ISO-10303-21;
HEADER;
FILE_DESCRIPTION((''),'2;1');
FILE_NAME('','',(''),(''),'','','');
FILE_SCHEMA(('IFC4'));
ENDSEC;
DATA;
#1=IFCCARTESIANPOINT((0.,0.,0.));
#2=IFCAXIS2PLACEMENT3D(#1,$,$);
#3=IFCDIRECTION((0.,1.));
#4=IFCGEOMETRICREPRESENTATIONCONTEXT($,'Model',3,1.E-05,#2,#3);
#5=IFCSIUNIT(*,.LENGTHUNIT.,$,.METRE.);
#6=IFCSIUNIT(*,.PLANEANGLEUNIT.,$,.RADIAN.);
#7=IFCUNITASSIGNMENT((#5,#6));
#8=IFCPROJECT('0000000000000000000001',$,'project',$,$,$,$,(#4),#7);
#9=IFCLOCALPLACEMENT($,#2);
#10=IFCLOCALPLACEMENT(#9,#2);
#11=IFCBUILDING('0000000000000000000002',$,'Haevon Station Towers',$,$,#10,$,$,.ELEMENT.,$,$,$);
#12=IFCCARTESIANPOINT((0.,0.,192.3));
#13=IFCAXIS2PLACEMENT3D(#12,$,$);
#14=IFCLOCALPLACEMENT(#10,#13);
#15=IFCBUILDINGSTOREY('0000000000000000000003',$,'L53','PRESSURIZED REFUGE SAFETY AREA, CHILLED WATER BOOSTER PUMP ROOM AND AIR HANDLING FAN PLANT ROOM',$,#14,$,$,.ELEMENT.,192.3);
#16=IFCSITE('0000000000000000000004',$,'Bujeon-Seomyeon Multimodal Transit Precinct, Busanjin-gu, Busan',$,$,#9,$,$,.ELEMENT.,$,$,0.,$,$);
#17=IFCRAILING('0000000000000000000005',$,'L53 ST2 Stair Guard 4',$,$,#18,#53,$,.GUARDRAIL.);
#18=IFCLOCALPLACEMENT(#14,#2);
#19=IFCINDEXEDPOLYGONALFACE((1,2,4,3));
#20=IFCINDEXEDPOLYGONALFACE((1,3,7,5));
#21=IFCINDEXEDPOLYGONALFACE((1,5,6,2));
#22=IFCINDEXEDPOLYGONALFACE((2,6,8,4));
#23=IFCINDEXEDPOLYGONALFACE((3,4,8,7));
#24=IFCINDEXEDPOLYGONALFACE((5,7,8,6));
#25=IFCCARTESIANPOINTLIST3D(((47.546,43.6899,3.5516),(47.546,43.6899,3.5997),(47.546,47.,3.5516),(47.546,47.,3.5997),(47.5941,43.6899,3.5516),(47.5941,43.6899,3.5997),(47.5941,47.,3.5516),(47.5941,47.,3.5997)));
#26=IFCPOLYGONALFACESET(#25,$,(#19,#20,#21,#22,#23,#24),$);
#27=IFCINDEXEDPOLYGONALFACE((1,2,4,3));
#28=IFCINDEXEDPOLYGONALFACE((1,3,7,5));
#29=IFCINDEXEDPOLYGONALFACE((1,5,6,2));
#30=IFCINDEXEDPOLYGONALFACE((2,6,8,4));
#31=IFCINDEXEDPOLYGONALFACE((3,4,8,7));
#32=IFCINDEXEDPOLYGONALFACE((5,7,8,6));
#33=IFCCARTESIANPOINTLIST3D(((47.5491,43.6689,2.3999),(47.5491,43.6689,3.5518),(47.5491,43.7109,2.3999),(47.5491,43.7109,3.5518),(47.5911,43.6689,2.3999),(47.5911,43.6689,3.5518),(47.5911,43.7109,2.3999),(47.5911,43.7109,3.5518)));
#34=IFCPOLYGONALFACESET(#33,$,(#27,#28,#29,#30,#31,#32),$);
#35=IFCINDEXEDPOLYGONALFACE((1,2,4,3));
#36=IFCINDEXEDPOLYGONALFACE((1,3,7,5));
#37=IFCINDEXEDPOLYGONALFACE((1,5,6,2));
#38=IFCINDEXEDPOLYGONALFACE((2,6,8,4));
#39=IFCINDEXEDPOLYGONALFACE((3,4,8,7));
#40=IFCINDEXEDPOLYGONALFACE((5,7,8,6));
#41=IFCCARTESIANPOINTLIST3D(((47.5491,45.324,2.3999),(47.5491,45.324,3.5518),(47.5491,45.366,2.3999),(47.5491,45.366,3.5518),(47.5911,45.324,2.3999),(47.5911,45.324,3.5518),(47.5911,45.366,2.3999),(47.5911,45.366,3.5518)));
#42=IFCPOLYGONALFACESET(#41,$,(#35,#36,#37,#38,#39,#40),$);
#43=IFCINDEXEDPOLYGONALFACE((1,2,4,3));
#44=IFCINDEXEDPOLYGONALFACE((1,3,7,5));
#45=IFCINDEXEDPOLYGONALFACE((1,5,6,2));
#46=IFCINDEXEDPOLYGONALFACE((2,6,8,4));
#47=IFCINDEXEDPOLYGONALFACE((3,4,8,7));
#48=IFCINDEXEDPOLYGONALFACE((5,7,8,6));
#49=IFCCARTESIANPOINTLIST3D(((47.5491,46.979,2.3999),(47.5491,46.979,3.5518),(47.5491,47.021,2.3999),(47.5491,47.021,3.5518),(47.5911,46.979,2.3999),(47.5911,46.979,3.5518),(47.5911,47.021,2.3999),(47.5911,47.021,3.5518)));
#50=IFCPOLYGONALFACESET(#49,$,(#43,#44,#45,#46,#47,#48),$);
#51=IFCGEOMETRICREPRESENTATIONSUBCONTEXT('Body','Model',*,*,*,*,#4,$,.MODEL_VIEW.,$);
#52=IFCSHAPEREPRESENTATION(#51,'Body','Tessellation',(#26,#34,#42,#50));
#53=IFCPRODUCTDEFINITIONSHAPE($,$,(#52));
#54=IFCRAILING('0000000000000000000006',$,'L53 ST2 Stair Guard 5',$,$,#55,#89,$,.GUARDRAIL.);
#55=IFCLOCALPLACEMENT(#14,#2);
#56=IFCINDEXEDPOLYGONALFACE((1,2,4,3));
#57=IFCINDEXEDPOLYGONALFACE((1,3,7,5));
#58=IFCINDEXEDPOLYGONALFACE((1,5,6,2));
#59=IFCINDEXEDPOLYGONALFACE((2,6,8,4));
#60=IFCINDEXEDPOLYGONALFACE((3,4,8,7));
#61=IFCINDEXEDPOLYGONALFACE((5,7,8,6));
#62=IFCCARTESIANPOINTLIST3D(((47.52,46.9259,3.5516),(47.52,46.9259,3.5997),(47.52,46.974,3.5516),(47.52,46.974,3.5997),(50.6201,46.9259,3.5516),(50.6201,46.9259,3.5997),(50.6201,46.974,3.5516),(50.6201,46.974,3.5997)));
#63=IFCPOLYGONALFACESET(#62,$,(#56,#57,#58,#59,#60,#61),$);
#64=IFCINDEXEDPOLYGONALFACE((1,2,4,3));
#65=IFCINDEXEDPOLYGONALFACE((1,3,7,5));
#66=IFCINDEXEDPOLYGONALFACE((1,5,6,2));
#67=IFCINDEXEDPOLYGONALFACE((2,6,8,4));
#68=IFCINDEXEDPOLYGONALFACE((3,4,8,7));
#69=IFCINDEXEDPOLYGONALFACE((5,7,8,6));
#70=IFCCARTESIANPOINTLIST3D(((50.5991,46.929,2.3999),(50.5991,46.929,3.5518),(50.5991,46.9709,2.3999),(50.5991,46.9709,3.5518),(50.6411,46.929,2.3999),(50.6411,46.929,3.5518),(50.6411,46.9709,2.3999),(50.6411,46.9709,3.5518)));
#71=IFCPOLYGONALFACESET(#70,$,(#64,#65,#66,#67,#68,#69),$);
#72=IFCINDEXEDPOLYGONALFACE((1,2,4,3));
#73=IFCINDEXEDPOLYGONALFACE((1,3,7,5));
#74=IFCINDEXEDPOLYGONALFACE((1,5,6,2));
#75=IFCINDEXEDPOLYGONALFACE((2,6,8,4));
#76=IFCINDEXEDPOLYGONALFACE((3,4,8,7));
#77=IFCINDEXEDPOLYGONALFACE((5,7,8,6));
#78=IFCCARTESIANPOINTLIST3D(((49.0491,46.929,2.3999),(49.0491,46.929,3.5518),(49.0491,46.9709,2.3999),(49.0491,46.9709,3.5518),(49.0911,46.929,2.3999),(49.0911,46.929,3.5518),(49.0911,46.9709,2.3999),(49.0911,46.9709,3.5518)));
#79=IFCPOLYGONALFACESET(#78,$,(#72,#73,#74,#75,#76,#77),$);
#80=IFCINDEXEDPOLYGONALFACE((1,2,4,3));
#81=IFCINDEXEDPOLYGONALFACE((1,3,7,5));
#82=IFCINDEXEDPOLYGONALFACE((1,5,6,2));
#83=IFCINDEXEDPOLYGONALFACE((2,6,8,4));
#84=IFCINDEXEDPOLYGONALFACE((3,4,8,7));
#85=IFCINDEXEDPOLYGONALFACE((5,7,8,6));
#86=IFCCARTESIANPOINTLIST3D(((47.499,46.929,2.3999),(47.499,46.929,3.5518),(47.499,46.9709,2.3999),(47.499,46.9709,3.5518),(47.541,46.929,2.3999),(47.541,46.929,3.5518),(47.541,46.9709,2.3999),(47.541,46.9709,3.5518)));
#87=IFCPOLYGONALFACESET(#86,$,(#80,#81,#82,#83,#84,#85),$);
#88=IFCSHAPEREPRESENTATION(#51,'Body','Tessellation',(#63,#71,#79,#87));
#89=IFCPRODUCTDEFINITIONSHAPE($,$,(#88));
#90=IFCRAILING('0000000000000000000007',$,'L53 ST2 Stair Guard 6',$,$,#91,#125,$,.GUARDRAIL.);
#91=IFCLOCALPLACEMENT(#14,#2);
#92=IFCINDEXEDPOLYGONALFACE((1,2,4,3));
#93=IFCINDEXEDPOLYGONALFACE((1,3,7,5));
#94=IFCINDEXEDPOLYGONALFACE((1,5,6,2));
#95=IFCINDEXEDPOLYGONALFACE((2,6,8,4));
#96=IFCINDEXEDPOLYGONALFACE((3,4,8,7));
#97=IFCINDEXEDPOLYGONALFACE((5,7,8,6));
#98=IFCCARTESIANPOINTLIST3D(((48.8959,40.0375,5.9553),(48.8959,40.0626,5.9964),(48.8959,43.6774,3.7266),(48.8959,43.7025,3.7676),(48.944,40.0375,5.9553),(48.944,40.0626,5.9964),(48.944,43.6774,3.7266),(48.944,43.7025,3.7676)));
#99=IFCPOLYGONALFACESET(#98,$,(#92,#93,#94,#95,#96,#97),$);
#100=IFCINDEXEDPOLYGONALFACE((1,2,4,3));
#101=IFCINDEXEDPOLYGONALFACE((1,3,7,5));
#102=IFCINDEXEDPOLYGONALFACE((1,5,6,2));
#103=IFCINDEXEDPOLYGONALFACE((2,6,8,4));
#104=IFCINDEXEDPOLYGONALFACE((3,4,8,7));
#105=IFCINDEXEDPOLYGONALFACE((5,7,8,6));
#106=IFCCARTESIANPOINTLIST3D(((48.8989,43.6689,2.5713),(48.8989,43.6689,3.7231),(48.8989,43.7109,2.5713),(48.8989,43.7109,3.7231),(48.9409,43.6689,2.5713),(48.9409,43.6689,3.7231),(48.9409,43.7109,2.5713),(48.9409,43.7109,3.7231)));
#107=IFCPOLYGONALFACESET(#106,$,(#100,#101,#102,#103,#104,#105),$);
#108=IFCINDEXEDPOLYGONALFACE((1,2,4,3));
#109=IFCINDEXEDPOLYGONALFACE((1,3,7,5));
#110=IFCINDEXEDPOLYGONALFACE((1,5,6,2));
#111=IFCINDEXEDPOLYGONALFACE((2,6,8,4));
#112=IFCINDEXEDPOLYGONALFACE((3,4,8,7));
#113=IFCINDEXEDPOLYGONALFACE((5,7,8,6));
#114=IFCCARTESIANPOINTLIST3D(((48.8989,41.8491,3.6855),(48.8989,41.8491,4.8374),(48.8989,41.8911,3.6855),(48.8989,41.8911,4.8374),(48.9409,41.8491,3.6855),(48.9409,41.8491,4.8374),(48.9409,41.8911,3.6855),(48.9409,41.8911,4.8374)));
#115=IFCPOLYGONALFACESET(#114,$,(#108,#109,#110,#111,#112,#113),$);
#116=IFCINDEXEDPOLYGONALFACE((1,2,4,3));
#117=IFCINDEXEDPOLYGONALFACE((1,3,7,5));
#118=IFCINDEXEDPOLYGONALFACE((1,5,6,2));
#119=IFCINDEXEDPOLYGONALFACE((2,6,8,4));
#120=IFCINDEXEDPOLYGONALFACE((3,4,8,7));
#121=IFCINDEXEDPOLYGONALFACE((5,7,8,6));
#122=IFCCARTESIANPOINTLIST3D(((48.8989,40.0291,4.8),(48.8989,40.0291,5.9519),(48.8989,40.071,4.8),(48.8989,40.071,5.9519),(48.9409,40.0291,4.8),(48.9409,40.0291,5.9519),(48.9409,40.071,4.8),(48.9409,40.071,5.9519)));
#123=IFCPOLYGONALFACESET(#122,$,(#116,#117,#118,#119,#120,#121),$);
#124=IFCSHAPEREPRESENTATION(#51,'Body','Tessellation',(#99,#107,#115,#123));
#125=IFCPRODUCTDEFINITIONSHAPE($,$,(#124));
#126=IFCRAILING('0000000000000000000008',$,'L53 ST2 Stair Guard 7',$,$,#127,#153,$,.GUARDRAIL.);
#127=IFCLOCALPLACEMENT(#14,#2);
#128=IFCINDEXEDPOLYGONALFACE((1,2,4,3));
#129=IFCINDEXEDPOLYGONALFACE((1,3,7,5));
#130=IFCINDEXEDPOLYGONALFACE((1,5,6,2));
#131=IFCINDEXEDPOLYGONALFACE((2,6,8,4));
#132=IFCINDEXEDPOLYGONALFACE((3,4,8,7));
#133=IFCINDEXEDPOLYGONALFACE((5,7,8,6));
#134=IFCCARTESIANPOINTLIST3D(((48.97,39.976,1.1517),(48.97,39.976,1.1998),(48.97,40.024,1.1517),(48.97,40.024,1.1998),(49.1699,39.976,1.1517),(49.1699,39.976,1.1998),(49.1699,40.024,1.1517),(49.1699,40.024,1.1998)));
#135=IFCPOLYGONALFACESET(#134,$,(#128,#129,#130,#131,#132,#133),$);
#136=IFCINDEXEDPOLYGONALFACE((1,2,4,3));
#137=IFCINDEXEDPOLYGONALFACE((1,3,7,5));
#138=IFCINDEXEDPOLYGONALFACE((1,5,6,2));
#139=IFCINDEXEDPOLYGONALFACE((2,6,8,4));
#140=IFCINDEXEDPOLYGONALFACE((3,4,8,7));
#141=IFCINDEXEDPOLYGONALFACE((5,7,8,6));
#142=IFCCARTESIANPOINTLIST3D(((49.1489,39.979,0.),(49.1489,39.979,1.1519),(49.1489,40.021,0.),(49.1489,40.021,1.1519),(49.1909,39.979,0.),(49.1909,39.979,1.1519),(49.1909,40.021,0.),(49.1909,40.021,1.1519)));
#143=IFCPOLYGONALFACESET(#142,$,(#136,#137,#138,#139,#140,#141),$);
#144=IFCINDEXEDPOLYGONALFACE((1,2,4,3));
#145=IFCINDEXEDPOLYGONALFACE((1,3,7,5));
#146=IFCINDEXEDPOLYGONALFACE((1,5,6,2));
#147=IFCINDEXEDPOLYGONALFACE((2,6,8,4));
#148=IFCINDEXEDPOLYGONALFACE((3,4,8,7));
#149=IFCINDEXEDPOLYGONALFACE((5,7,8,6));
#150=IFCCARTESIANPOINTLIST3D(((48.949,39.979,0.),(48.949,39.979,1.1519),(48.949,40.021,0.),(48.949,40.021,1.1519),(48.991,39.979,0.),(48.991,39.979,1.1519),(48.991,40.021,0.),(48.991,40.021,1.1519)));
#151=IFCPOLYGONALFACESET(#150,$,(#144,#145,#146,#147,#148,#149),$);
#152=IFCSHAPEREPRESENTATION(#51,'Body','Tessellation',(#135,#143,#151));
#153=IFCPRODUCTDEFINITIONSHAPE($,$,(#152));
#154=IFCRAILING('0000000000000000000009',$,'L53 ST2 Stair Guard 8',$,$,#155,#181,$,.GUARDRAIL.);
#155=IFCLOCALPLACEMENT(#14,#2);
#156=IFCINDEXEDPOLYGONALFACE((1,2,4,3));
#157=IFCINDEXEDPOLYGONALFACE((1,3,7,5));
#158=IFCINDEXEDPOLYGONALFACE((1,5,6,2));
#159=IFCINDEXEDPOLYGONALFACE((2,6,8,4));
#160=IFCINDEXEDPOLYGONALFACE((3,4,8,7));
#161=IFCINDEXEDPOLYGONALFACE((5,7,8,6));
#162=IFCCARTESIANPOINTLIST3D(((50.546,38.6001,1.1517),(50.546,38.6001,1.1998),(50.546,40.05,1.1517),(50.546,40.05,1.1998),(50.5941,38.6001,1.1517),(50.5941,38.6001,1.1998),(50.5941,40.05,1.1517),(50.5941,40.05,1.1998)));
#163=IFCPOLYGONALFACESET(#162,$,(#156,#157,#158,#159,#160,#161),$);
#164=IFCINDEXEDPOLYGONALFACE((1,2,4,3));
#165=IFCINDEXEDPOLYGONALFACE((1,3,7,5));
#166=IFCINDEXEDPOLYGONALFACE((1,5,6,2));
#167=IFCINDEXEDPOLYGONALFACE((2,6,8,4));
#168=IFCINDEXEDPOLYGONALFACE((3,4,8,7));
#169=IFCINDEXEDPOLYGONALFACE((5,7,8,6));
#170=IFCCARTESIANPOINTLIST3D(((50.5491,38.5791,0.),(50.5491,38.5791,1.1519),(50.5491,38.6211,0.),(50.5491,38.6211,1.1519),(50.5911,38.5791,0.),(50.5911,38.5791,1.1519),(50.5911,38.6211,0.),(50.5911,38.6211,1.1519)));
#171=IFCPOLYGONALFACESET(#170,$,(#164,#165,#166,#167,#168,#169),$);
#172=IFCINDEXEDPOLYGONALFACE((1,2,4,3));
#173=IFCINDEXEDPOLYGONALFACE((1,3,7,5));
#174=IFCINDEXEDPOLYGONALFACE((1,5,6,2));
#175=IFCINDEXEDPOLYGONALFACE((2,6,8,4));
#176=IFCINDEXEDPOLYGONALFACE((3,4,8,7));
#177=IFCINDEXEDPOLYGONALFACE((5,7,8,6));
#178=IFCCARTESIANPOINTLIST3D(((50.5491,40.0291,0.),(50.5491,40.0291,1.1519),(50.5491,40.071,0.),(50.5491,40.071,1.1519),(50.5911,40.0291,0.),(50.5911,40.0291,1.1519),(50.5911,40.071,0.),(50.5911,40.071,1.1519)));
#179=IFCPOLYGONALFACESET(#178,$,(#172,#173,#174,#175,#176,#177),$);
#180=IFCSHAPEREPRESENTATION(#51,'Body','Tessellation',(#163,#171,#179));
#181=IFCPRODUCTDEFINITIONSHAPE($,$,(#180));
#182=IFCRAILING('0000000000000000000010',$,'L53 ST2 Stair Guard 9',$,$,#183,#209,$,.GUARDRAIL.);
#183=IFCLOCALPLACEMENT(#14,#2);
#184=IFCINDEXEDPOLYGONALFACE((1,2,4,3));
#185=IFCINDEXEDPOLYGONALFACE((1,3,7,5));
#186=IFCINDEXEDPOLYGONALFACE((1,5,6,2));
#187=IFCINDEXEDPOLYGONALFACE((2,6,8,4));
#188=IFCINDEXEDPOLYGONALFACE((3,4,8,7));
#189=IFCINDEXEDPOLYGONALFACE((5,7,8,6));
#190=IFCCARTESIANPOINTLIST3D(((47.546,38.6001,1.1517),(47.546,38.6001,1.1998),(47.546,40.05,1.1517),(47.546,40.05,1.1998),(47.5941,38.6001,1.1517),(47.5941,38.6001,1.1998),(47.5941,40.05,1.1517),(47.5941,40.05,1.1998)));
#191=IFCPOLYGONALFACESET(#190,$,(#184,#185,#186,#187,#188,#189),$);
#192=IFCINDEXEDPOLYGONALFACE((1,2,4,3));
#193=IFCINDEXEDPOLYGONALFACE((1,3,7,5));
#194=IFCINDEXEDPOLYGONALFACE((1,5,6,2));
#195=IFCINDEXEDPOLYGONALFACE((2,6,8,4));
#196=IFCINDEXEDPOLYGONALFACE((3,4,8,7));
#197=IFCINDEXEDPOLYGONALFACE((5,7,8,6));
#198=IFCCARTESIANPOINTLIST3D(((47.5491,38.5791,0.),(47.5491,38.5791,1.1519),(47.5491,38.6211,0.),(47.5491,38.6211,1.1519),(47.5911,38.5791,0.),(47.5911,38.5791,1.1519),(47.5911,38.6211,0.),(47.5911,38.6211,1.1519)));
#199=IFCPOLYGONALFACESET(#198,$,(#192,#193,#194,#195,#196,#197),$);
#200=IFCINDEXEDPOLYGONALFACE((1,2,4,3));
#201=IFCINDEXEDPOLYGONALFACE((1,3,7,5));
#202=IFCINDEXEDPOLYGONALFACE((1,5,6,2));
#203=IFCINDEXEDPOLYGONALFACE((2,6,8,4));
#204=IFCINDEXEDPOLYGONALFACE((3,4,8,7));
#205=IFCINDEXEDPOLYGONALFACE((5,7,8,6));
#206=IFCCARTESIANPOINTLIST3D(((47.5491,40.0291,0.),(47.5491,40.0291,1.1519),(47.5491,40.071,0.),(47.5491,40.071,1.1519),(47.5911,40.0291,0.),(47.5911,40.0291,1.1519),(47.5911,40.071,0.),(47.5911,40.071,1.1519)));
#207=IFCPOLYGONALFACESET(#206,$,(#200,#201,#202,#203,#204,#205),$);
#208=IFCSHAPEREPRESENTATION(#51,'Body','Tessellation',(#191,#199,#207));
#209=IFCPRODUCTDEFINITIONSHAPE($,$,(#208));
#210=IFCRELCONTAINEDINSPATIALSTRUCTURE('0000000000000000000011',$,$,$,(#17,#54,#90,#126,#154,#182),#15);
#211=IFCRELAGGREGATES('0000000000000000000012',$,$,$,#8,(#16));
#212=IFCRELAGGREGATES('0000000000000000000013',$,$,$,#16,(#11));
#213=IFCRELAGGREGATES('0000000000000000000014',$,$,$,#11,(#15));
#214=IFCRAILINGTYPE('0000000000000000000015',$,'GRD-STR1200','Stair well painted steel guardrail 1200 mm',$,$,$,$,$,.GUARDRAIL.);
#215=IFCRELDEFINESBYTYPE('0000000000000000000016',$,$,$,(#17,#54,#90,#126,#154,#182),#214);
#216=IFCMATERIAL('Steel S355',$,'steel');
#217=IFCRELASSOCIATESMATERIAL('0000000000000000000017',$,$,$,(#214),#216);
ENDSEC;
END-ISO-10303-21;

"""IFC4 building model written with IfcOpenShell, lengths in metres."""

from ifc_helpers import new_model, si_unit, direction, frame, origin, origin_2d, place, context, subcontext, project, spatial, rectangle, extrude, material, type_object, element, save


model = new_model("IFC4")

# Units and contexts
model_context = context("Model", 3, precision=1e-05, world=origin(), true_north=direction((0.0, 1.0)))
body_context = subcontext(model_context, "Body", "Model", "MODEL_VIEW")
ifc_project = project(units=[si_unit("LENGTHUNIT", "METRE"), si_unit("PLANEANGLEUNIT", "RADIAN")], contexts=[model_context])

# Site, building, storey
site_placement = place(None, origin())
site = spatial("IfcSite", under=ifc_project, at=site_placement, Name="Bujeon-Seomyeon Multimodal Transit Precinct, Busanjin-gu, Busan", CompositionType="ELEMENT", RefElevation=0.0)
building_placement = place(site_placement, origin())
building = spatial("IfcBuilding", under=site, at=building_placement, Name="Haevon Station Towers", CompositionType="ELEMENT")
storey_placement = place(building_placement, frame((0.0, 0.0, 192.3)))
storey = spatial("IfcBuildingStorey", under=building, at=storey_placement, Name="L53", Description="PRESSURIZED REFUGE SAFETY AREA, CHILLED WATER BOOSTER PUMP ROOM AND AIR HANDLING FAN PLANT ROOM", CompositionType="ELEMENT", Elevation=192.3)

# Shared definitions
ifc_material_1 = material(Name="Steel S355", Category="steel")

# Railings
railing_type_1 = type_object("IfcRailingType", Name="GRD-STR1200", Description="Stair well painted steel guardrail 1200 mm", PredefinedType="GUARDRAIL", material=ifc_material_1)
for number, where, name in (
    (1, (47.5701, 43.6899, 2.3999), "L53 ST2 Stair Guard 4"),
):
    element("IfcRailing", number, at=place(storey_placement, frame(where)), inside=storey, type_object=railing_type_1, Name=name, PredefinedType="GUARDRAIL", context=body_context, shape_type="SweptSolid", body=[
        extrude(rectangle(XDim=0.0481, YDim=0.0481, at=origin_2d()), frame((0.0, 0.0, 1.1758), z_axis=(0.0, 1.0, 0.0), x_axis=(-1.0, 0.0, 0.0)), (0.0, 0.0, 1.0), 3.3101),
        extrude(rectangle(XDim=0.042, YDim=0.042, at=origin_2d()), origin(), (0.0, 0.0, 1.0), 1.1519),
        extrude(rectangle(XDim=0.042, YDim=0.042, at=origin_2d()), frame((0.0, 1.655, 0.0)), (0.0, 0.0, 1.0), 1.1519),
        extrude(rectangle(XDim=0.042, YDim=0.042, at=origin_2d()), frame((0.0, 3.3101, 0.0)), (0.0, 0.0, 1.0), 1.1519),
    ])
railing_1_placement = place(storey_placement, frame((50.6201, 46.95, 2.3999)))
element("IfcRailing", 2, at=railing_1_placement, inside=storey, type_object=railing_type_1, Name="L53 ST2 Stair Guard 5", PredefinedType="GUARDRAIL", context=body_context, shape_type="SweptSolid", body=[
    extrude(rectangle(XDim=0.0481, YDim=0.0481, at=origin_2d()), frame((0.0, 0.0, 1.1758), z_axis=(-1.0, 0.0, 0.0), x_axis=(0.0, -1.0, 0.0)), (0.0, 0.0, 1.0), 3.1001),
    extrude(rectangle(XDim=0.042, YDim=0.042, at=origin_2d()), origin(), (0.0, 0.0, 1.0), 1.1519),
    extrude(rectangle(XDim=0.042, YDim=0.042, at=origin_2d()), frame((-1.55, 0.0, 0.0)), (0.0, 0.0, 1.0), 1.1519),
    extrude(rectangle(XDim=0.042, YDim=0.042, at=origin_2d()), frame((-3.1001, 0.0, 0.0)), (0.0, 0.0, 1.0), 1.1519),
])
railing_2_placement = place(storey_placement, frame((48.9199, 43.6899, 2.5713)))
element("IfcRailing", 3, at=railing_2_placement, inside=storey, type_object=railing_type_1, Name="L53 ST2 Stair Guard 6", PredefinedType="GUARDRAIL", context=body_context, shape_type="SweptSolid", body=[
    extrude(rectangle(XDim=0.0481, YDim=0.0481, at=origin_2d()), frame((0.0, 0.0, 1.1758), z_axis=(0.0, -0.852825, 0.522197), x_axis=(1.0, 0.0, 0.0)), (0.0, 0.0, 1.0), 4.2681),
    extrude(rectangle(XDim=0.042, YDim=0.042, at=origin_2d()), origin(), (0.0, 0.0, 1.0), 1.1519),
    extrude(rectangle(XDim=0.042, YDim=0.042, at=origin_2d()), frame((0.0, -1.8198, 1.1143)), (0.0, 0.0, 1.0), 1.1519),
    extrude(rectangle(XDim=0.042, YDim=0.042, at=origin_2d()), frame((0.0, -3.6399, 2.2288)), (0.0, 0.0, 1.0), 1.1519),
])
railing_3_placement = place(storey_placement, frame((49.1699, 40.0, 0.0)))
element("IfcRailing", 4, at=railing_3_placement, inside=storey, type_object=railing_type_1, Name="L53 ST2 Stair Guard 7", PredefinedType="GUARDRAIL", context=body_context, shape_type="SweptSolid", body=[
    extrude(rectangle(XDim=0.0481, YDim=0.0481, at=origin_2d()), frame((0.0, 0.0, 1.1758), z_axis=(-1.0, 0.0, 0.0), x_axis=(0.0, -1.0, 0.0)), (0.0, 0.0, 1.0), 0.2),
    extrude(rectangle(XDim=0.042, YDim=0.042, at=origin_2d()), origin(), (0.0, 0.0, 1.0), 1.1519),
    extrude(rectangle(XDim=0.042, YDim=0.042, at=origin_2d()), frame((-0.2, 0.0, 0.0)), (0.0, 0.0, 1.0), 1.1519),
])
for number, where, name in (
    (5, (50.5701, 38.6001, 0.0), "L53 ST2 Stair Guard 8"),
    (6, (47.5701, 38.6001, 0.0), "L53 ST2 Stair Guard 9"),
):
    element("IfcRailing", number, at=place(storey_placement, frame(where)), inside=storey, type_object=railing_type_1, Name=name, PredefinedType="GUARDRAIL", context=body_context, shape_type="SweptSolid", body=[
        extrude(rectangle(XDim=0.0481, YDim=0.0481, at=origin_2d()), frame((0.0, 0.0, 1.1758), z_axis=(0.0, 1.0, 0.0), x_axis=(-1.0, 0.0, 0.0)), (0.0, 0.0, 1.0), 1.45),
        extrude(rectangle(XDim=0.042, YDim=0.042, at=origin_2d()), origin(), (0.0, 0.0, 1.0), 1.1519),
        extrude(rectangle(XDim=0.042, YDim=0.042, at=origin_2d()), frame((0.0, 1.45, 0.0)), (0.0, 0.0, 1.0), 1.1519),
    ])

save(model, "model.ifc")
